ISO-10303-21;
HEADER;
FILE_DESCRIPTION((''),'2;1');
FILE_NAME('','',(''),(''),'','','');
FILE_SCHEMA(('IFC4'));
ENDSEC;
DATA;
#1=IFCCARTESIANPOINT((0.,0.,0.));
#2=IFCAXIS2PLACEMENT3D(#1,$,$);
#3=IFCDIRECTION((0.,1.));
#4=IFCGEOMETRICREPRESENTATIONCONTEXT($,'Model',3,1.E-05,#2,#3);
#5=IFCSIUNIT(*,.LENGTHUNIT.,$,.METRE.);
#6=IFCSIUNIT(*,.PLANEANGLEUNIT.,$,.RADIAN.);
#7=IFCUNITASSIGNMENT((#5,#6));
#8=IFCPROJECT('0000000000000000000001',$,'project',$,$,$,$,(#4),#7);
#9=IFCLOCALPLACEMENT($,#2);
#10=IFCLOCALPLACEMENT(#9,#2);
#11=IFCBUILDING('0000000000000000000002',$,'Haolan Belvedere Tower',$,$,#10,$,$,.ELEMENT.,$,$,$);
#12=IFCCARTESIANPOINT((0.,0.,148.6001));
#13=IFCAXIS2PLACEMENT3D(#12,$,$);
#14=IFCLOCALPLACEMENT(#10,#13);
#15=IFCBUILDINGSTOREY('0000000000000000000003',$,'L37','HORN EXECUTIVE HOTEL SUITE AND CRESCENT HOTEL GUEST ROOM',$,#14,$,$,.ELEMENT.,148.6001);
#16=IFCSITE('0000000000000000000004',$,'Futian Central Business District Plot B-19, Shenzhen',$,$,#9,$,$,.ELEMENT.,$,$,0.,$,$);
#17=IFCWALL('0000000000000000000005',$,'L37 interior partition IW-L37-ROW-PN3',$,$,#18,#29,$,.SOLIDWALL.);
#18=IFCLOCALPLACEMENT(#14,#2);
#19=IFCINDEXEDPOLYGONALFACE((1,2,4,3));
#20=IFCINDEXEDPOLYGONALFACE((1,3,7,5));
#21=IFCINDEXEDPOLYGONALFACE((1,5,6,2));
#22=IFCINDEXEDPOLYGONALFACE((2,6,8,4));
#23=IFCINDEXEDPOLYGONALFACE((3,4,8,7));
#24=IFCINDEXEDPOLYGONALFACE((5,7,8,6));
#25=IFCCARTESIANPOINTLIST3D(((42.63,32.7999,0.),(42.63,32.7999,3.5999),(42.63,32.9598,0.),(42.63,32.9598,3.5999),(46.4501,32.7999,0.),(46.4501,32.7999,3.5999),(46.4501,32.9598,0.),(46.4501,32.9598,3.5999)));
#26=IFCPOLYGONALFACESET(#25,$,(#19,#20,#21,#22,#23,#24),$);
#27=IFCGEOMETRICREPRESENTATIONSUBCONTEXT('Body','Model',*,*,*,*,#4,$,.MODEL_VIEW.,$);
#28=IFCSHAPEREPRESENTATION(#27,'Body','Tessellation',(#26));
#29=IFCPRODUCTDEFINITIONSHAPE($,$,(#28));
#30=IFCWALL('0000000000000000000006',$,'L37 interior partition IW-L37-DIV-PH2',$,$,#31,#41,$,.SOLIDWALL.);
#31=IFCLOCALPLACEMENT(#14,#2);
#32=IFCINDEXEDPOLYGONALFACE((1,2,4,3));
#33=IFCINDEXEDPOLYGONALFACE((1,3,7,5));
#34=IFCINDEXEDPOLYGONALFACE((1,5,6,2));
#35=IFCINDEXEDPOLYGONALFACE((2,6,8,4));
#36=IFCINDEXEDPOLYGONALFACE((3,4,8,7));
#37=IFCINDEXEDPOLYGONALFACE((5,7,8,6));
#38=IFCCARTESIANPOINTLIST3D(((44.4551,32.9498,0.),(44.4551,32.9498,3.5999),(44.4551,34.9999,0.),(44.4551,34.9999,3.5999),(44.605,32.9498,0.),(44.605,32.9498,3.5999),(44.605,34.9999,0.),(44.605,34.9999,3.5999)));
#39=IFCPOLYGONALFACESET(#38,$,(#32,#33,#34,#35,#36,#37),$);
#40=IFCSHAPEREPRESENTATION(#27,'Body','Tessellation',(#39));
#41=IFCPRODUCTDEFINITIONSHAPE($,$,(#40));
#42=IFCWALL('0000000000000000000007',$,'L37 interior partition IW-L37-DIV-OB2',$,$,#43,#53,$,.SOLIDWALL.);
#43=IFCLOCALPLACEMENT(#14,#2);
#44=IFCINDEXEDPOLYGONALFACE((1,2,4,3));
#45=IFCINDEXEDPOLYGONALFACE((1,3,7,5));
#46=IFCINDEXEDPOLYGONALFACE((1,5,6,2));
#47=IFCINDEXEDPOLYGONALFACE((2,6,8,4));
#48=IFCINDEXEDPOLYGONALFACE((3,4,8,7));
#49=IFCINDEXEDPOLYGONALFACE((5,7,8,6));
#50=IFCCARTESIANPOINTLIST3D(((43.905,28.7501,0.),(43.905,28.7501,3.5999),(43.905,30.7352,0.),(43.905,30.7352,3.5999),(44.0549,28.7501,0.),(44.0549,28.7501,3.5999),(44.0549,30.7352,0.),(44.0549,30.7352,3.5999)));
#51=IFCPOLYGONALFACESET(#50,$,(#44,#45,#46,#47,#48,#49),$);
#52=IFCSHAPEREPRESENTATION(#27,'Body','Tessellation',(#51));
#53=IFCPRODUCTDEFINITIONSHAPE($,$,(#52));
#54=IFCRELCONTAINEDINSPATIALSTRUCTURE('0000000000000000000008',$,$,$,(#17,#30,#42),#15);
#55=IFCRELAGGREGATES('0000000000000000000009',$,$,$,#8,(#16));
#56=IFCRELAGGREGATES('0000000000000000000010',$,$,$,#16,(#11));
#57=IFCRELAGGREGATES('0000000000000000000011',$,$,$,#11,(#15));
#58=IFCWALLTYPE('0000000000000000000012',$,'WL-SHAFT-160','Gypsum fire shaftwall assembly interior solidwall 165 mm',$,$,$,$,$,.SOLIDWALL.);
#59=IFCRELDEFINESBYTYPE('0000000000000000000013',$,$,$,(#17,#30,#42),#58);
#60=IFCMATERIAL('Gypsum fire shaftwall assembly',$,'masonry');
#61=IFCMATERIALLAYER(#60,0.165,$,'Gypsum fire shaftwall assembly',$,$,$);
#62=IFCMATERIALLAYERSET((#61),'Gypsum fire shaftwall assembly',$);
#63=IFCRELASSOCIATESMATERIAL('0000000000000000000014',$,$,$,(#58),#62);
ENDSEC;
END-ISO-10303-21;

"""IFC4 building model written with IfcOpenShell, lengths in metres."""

from ifc_helpers import new_model, si_unit, direction, frame, frame_2d, origin, place, context, subcontext, project, spatial, rectangle, extrude, material, layer, layer_set, type_object, element, save


model = new_model("IFC4")

# Units and contexts
model_context = context("Model", 3, precision=1e-05, world=origin(), true_north=direction((0.0, 1.0)))
body_context = subcontext(model_context, "Body", "Model", "MODEL_VIEW")
ifc_project = project(units=[si_unit("LENGTHUNIT", "METRE"), si_unit("PLANEANGLEUNIT", "RADIAN")], contexts=[model_context])

# Site, building, storey
site_placement = place(None, origin())
site = spatial("IfcSite", under=ifc_project, at=site_placement, Name="Futian Central Business District Plot B-19, Shenzhen", CompositionType="ELEMENT", RefElevation=0.0)
building_placement = place(site_placement, origin())
building = spatial("IfcBuilding", under=site, at=building_placement, Name="Haolan Belvedere Tower", CompositionType="ELEMENT")
storey_placement = place(building_placement, frame((0.0, 0.0, 148.6001)))
storey = spatial("IfcBuildingStorey", under=building, at=storey_placement, Name="L37", Description="HORN EXECUTIVE HOTEL SUITE AND CRESCENT HOTEL GUEST ROOM", CompositionType="ELEMENT", Elevation=148.6001)

# Walls
ifc_material_1 = material(Name="Gypsum fire shaftwall assembly", Category="masonry")
ifc_layer_1 = layer(ifc_material_1, 0.165, Name="Gypsum fire shaftwall assembly")
ifc_layer_set_1 = layer_set([ifc_layer_1], Name="Gypsum fire shaftwall assembly")
wall_type_1 = type_object("IfcWallType", Name="WL-SHAFT-160", Description="Gypsum fire shaftwall assembly interior solidwall 165 mm", PredefinedType="SOLIDWALL", material=ifc_layer_set_1)
wall_1_placement = place(storey_placement, frame((42.6299, 32.8799, 0.0), z_axis=(0.0, 0.0, 1.0), x_axis=(1.0, 0.0, 0.0)))
element("IfcWall", 1, at=wall_1_placement, inside=storey, type_object=wall_type_1, Name="L37 interior partition IW-L37-ROW-PN3", PredefinedType="SOLIDWALL", context=body_context, shape_type="SweptSolid", body=[
    extrude(rectangle(XDim=3.8201, YDim=0.1599, at=frame_2d((1.9102, 0.0))), origin(), (0.0, 0.0, 1.0), 3.5999),
])
wall_2_placement = place(storey_placement, frame((44.53, 32.95, 0.0), z_axis=(0.0, 0.0, 1.0), x_axis=(0.0, 1.0, 0.0)))
element("IfcWall", 2, at=wall_2_placement, inside=storey, type_object=wall_type_1, Name="L37 interior partition IW-L37-DIV-PH2", PredefinedType="SOLIDWALL", context=body_context, shape_type="SweptSolid", body=[
    extrude(rectangle(XDim=2.05, YDim=0.1499, at=frame_2d((1.0249, 0.0))), origin(), (0.0, 0.0, 1.0), 3.5999),
])
wall_3_placement = place(storey_placement, frame((43.98, 28.75, 0.0), z_axis=(0.0, 0.0, 1.0), x_axis=(0.0, 1.0, 0.0)))
element("IfcWall", 3, at=wall_3_placement, inside=storey, type_object=wall_type_1, Name="L37 interior partition IW-L37-DIV-OB2", PredefinedType="SOLIDWALL", context=body_context, shape_type="SweptSolid", body=[
    extrude(rectangle(XDim=1.9851, YDim=0.1499, at=frame_2d((0.9927, 0.0))), origin(), (0.0, 0.0, 1.0), 3.5999),
])

save(model, "model.ifc")
